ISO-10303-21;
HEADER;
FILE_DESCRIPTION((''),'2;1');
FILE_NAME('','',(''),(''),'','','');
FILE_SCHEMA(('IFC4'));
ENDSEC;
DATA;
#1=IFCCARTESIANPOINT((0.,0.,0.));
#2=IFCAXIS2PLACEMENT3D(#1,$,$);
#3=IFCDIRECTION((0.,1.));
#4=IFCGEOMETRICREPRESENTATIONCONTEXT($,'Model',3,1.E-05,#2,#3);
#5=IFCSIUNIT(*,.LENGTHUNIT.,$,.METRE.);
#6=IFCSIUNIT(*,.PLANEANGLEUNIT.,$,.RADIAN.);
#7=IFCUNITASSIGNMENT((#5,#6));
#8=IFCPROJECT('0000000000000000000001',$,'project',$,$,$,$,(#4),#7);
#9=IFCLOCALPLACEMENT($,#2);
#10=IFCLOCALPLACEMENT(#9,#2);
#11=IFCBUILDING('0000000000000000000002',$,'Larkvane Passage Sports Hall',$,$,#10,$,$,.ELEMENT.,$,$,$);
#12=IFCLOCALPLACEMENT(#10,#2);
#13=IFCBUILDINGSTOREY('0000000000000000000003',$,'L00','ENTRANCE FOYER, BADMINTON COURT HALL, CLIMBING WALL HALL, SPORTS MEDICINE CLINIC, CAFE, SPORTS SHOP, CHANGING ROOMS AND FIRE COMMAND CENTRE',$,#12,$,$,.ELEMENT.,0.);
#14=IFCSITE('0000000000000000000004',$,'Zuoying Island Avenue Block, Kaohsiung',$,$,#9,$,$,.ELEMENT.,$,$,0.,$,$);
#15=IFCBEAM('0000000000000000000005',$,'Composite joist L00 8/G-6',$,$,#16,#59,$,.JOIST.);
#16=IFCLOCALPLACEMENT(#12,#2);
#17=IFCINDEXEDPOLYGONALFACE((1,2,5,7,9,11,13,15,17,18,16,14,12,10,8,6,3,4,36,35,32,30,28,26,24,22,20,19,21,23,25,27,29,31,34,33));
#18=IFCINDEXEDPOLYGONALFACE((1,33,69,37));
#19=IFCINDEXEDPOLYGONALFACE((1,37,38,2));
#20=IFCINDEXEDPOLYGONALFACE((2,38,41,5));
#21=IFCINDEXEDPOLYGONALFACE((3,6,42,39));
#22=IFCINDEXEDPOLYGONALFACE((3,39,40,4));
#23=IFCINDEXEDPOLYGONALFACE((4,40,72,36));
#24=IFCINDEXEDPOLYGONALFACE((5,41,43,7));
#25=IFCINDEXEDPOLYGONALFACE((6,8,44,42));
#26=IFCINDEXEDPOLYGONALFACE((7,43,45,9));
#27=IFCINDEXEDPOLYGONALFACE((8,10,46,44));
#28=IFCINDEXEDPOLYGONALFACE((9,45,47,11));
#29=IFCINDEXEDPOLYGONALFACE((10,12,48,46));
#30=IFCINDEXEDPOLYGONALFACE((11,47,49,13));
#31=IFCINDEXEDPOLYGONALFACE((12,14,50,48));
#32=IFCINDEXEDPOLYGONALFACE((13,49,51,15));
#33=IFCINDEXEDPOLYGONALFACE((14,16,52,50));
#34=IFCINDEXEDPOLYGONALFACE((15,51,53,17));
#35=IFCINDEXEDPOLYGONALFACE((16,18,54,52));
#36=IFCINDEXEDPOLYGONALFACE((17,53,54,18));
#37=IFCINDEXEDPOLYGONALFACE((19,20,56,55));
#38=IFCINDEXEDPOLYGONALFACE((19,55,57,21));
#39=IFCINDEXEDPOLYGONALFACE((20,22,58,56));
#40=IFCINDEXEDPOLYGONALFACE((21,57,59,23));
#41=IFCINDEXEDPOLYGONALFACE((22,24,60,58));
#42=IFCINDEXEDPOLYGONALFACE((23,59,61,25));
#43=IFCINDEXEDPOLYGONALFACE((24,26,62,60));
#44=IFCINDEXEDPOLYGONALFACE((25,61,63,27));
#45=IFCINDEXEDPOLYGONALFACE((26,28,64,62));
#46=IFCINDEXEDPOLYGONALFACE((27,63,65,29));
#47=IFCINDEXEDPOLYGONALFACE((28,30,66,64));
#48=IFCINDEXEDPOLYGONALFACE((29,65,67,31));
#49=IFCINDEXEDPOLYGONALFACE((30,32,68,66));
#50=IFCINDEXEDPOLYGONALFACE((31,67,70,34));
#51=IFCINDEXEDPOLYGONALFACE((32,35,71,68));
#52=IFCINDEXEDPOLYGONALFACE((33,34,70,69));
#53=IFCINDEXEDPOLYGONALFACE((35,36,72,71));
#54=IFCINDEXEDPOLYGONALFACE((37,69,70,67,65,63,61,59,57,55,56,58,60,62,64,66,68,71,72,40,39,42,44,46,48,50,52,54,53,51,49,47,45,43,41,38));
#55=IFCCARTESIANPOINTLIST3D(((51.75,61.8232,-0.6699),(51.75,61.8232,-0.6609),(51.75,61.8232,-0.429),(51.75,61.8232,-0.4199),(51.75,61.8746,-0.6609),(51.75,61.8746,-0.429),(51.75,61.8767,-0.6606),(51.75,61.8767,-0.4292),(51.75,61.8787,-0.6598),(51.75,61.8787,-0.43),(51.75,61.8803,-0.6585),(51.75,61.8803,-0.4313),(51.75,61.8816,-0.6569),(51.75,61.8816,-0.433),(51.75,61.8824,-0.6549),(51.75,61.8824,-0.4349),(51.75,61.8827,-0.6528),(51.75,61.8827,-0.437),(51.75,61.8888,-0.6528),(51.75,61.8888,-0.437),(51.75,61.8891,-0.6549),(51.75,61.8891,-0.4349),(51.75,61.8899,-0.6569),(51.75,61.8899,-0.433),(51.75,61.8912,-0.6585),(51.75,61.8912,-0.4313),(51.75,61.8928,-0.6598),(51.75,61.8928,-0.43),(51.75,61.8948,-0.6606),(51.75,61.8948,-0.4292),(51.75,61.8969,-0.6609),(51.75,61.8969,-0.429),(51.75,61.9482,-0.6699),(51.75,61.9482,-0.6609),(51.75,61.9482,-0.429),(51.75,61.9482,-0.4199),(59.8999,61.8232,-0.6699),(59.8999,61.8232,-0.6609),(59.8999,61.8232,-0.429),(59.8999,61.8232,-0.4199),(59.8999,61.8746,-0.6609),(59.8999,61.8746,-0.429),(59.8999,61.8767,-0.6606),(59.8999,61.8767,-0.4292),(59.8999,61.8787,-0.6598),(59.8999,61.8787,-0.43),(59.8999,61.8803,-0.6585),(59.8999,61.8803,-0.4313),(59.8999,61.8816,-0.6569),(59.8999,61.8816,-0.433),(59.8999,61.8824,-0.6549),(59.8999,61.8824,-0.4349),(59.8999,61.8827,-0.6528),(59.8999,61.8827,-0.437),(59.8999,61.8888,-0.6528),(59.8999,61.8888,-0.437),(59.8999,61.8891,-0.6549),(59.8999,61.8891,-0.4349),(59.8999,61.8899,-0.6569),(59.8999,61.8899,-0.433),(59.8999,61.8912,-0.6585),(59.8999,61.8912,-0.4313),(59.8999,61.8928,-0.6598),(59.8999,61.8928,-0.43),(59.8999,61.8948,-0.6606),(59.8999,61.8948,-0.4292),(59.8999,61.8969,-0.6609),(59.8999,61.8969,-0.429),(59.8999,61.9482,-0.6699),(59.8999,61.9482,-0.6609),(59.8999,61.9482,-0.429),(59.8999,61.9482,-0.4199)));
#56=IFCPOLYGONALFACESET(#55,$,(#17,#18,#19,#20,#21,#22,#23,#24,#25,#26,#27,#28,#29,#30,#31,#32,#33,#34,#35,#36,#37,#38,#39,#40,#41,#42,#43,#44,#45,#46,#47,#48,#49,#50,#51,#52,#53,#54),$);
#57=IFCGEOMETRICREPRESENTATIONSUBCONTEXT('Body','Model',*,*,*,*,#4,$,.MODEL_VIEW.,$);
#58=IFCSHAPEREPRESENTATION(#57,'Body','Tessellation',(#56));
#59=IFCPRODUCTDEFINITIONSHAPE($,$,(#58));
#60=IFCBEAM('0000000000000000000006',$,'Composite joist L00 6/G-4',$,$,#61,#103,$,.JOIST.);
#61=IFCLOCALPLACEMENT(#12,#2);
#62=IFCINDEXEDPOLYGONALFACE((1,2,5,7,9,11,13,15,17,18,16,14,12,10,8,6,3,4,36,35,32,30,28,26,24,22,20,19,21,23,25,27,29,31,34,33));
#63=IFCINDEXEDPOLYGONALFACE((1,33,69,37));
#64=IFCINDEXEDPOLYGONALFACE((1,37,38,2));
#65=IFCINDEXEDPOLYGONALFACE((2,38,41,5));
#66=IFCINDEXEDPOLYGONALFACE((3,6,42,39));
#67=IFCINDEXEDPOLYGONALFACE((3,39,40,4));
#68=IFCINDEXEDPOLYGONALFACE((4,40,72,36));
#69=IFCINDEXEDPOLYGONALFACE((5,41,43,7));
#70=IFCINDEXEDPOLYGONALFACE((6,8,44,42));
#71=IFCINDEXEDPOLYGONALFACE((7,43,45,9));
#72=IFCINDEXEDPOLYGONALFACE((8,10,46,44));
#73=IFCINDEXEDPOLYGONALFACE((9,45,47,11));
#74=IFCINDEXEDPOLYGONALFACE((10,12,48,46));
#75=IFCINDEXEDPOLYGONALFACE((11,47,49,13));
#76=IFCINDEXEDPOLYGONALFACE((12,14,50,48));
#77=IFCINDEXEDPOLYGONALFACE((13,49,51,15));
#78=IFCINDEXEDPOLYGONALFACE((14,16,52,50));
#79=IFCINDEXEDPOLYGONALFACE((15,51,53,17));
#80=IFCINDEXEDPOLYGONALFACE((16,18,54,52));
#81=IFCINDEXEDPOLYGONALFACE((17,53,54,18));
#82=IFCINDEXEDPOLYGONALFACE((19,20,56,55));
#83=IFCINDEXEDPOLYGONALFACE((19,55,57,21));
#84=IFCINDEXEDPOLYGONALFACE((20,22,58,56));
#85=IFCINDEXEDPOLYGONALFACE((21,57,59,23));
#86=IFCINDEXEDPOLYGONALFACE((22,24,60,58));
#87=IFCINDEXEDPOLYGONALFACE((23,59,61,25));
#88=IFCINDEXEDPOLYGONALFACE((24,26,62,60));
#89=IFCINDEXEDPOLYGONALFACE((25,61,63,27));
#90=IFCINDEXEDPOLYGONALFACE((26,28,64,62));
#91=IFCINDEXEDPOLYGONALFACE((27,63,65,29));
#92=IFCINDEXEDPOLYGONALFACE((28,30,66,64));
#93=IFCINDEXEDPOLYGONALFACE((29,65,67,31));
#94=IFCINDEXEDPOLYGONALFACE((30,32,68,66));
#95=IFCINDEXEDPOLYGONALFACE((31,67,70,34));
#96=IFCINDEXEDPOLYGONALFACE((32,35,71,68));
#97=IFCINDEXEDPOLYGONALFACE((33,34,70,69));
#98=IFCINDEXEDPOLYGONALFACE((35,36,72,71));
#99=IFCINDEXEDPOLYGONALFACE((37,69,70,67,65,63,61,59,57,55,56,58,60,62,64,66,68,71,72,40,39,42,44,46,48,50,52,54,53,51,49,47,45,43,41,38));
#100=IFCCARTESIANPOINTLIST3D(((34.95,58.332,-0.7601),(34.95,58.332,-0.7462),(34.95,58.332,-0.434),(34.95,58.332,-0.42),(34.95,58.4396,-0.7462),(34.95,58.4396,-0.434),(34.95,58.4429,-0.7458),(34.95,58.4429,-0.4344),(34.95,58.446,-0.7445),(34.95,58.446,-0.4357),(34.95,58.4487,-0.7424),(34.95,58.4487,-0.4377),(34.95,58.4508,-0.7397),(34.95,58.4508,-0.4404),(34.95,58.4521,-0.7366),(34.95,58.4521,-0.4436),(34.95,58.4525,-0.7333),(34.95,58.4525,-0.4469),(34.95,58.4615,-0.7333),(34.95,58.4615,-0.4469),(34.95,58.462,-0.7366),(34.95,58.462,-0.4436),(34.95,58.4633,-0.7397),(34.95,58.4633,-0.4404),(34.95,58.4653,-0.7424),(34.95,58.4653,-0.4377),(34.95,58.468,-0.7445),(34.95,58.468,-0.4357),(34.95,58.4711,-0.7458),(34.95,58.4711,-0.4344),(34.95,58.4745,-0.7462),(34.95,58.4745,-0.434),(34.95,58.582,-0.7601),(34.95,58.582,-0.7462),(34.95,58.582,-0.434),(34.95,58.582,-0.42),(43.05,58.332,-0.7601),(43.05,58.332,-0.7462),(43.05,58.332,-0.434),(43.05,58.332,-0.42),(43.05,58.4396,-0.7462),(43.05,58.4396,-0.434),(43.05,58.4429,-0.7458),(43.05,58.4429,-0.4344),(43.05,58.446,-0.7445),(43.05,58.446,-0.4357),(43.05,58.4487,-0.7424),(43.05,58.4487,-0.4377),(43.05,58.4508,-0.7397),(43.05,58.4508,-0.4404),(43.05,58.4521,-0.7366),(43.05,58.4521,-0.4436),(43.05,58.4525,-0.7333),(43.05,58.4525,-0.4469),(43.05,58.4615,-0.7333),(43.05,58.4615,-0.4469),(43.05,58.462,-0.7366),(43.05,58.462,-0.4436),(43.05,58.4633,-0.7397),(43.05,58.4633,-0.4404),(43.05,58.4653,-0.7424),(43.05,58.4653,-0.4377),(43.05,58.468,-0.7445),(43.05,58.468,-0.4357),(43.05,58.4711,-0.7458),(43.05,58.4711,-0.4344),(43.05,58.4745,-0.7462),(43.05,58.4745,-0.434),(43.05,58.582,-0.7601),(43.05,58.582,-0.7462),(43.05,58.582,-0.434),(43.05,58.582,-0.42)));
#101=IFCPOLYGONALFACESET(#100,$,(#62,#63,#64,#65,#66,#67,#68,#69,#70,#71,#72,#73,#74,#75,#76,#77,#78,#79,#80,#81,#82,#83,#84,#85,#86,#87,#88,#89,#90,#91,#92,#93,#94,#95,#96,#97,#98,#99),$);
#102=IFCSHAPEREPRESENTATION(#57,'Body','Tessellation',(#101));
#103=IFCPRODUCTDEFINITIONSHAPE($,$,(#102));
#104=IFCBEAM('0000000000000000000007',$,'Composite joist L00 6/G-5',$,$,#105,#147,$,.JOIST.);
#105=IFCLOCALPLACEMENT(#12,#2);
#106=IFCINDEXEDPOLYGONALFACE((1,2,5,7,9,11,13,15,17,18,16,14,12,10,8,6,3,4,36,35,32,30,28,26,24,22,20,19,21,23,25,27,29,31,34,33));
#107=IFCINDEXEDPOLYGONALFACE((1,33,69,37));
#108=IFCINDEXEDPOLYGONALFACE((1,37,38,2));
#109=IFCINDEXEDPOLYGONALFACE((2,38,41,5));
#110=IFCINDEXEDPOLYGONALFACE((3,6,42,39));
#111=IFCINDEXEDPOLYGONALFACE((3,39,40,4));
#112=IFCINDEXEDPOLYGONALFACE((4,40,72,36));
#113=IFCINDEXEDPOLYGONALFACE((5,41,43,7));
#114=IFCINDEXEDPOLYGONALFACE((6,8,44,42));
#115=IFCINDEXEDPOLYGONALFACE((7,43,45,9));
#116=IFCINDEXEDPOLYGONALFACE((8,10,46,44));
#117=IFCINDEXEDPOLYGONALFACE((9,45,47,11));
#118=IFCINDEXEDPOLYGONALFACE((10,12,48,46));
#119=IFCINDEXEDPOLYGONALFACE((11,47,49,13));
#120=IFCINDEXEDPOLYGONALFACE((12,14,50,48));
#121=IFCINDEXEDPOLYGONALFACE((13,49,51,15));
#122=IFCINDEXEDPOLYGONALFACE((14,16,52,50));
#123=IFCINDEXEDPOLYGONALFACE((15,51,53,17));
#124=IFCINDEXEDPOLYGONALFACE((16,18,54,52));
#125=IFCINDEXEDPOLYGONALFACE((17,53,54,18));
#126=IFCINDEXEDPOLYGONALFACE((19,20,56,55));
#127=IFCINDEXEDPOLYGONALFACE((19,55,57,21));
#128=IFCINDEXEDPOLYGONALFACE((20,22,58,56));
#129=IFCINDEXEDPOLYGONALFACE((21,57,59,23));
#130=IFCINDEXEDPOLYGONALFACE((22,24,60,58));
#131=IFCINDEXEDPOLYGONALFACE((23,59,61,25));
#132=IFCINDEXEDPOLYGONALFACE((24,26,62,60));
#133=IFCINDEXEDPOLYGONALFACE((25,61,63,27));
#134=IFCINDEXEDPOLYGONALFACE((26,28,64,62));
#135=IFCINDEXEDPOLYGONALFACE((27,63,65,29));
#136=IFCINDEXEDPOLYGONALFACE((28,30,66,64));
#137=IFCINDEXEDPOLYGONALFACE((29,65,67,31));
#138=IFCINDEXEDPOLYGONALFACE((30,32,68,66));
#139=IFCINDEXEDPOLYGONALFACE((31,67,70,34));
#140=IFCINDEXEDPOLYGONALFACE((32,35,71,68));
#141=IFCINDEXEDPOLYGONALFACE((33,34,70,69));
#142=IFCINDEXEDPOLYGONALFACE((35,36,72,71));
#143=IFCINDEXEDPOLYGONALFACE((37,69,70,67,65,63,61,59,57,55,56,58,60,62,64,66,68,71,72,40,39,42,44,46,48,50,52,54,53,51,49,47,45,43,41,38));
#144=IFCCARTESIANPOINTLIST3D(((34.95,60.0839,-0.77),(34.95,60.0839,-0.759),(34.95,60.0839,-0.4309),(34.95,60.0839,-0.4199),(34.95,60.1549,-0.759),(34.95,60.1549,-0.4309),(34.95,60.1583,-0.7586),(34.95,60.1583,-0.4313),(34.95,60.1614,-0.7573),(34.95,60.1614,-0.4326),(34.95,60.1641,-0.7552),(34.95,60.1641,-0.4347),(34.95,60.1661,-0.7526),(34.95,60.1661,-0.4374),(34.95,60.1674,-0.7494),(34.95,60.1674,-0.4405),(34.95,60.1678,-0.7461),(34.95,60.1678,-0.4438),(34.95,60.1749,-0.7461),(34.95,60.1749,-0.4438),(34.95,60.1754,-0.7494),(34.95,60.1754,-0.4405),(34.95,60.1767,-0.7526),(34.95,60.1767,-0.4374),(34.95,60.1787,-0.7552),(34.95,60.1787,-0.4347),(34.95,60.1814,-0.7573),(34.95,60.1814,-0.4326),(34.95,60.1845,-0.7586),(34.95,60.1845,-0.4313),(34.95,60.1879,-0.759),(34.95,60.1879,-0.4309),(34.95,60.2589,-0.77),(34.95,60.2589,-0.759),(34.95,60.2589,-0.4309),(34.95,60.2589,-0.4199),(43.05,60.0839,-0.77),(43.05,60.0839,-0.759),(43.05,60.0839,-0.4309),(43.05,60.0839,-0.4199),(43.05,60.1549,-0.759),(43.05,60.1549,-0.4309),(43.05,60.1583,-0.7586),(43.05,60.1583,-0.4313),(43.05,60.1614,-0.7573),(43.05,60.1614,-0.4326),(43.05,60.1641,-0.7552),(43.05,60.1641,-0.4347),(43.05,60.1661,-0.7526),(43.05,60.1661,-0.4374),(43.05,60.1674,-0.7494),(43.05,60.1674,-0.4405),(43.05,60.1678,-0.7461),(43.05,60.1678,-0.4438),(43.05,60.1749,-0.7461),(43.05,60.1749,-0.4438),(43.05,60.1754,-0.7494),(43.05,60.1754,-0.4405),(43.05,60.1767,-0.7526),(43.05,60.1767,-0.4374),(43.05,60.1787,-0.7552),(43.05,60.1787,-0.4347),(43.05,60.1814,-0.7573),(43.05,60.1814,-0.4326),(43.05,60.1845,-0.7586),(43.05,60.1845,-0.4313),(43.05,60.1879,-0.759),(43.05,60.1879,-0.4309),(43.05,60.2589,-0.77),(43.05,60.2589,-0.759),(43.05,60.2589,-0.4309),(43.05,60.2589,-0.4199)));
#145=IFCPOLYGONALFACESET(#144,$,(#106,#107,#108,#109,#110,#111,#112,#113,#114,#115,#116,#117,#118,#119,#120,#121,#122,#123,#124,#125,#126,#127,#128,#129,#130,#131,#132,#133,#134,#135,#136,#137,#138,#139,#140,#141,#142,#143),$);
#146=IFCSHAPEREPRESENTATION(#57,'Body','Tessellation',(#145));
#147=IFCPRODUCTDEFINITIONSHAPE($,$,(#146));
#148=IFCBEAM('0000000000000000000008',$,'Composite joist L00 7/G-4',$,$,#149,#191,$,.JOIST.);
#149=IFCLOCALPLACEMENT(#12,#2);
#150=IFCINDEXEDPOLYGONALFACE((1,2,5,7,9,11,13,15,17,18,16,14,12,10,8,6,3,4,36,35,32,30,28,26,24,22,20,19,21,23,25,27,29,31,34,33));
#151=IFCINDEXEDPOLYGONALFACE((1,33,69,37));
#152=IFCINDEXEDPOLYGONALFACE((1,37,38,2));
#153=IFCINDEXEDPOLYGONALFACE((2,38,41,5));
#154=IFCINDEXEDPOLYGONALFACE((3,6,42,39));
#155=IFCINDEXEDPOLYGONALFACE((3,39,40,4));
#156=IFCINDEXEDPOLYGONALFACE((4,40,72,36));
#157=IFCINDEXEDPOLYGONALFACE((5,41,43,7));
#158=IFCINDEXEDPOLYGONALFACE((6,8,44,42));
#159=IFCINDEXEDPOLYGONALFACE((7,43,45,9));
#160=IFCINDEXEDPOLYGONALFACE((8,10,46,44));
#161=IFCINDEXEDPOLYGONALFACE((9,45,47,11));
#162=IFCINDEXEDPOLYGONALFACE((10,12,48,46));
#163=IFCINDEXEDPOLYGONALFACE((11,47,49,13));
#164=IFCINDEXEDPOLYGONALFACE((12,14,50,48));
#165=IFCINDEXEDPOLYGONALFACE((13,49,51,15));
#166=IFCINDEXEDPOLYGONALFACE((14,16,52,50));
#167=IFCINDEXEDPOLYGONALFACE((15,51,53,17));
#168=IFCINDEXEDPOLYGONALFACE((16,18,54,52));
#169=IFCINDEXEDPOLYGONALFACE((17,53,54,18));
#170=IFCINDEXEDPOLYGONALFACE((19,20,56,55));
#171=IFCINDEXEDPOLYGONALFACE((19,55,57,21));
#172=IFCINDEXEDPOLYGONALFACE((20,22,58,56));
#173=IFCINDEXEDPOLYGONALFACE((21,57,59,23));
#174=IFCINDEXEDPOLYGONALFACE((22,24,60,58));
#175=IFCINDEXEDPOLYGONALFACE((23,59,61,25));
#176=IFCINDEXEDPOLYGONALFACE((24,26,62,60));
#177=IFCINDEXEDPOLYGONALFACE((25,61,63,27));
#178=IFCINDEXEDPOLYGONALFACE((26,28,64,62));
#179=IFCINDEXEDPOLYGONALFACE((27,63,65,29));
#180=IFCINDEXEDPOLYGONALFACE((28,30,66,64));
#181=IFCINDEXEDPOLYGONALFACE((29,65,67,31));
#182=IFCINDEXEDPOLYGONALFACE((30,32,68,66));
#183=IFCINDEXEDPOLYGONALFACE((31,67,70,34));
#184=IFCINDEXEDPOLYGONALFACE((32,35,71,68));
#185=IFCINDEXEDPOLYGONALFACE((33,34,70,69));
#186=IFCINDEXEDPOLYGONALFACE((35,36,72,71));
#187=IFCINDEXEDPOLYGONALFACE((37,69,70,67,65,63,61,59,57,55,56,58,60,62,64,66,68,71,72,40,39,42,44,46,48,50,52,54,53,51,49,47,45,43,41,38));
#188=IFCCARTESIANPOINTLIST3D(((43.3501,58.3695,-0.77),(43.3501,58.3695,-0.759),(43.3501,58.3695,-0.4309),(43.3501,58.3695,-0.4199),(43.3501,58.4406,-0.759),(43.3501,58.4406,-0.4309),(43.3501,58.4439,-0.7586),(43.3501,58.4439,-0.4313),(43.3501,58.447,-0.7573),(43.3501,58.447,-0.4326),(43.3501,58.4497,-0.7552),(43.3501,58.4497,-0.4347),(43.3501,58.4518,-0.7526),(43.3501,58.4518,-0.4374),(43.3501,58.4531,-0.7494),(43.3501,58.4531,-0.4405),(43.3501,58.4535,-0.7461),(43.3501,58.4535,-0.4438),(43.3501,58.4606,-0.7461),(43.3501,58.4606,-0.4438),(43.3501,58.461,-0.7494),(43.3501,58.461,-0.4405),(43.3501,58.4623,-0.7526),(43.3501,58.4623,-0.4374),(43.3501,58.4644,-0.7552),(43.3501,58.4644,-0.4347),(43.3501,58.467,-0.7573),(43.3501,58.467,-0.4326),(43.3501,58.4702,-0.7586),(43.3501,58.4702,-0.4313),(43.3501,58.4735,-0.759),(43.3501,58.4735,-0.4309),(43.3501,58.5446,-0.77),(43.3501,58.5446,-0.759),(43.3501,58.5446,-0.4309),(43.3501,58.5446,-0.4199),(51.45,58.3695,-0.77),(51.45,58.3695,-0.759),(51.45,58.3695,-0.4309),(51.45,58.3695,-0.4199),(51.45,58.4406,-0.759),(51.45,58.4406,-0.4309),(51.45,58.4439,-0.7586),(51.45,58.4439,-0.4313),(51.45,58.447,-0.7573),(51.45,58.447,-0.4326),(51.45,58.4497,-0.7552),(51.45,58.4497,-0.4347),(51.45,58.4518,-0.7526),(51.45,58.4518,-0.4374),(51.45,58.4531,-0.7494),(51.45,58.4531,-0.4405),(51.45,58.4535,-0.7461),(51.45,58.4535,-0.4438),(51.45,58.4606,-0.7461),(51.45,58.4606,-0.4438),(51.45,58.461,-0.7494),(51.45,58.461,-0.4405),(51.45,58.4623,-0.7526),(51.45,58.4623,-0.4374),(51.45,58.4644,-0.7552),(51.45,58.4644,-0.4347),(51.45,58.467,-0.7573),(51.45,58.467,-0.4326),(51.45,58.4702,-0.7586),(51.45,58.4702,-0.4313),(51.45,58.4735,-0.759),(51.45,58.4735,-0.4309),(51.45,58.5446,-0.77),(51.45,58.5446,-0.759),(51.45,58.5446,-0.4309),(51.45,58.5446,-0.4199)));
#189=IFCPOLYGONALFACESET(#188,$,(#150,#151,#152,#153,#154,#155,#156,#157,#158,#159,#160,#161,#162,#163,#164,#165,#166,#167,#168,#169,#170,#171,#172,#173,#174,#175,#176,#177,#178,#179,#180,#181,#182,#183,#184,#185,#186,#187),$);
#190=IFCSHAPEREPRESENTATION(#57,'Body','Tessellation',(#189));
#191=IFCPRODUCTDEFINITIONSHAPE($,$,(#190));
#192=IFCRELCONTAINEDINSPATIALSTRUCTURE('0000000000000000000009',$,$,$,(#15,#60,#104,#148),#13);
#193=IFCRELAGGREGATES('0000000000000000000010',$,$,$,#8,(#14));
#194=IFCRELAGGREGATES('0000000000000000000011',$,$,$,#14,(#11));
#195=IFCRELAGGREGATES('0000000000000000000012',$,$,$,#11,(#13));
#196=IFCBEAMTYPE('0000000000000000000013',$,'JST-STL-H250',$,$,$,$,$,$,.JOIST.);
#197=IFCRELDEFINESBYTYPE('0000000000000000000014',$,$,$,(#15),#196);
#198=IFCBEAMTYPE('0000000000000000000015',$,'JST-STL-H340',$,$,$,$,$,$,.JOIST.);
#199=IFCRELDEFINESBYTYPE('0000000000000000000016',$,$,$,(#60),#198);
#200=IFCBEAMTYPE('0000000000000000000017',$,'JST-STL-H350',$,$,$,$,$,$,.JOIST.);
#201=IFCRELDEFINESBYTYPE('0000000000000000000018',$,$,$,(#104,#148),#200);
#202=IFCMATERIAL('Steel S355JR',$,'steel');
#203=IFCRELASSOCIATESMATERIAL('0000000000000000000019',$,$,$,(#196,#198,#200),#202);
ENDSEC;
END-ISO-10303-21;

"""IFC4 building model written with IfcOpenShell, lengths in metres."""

from ifc_helpers import new_model, si_unit, direction, frame, origin, origin_2d, place, context, subcontext, project, spatial, i_section, extrude, material, material_profile, profile_set, type_object, element, save


model = new_model("IFC4")

# Units and contexts
model_context = context("Model", 3, precision=1e-05, world=origin(), true_north=direction((0.0, 1.0)))
body_context = subcontext(model_context, "Body", "Model", "MODEL_VIEW")
ifc_project = project(units=[si_unit("LENGTHUNIT", "METRE"), si_unit("PLANEANGLEUNIT", "RADIAN")], contexts=[model_context])

# Site, building, storey
site_placement = place(None, origin())
site = spatial("IfcSite", under=ifc_project, at=site_placement, Name="Zuoying Island Avenue Block, Kaohsiung", CompositionType="ELEMENT", RefElevation=0.0)
building_placement = place(site_placement, origin())
building = spatial("IfcBuilding", under=site, at=building_placement, Name="Larkvane Passage Sports Hall", CompositionType="ELEMENT")
storey_placement = place(building_placement, origin())
storey = spatial("IfcBuildingStorey", under=building, at=storey_placement, Name="L00", Description="ENTRANCE FOYER, BADMINTON COURT HALL, CLIMBING WALL HALL, SPORTS MEDICINE CLINIC, CAFE, SPORTS SHOP, CHANGING ROOMS AND FIRE COMMAND CENTRE", CompositionType="ELEMENT", Elevation=0.0)

# Shared definitions
ifc_material_1 = material(Name="Steel S355JR", Category="steel")

# Beams
ifc_material_profile_1 = material_profile(ifc_material_1, i_section(OverallWidth=0.125, OverallDepth=0.25, WebThickness=0.0061, FlangeThickness=0.009, FilletRadius=0.0081, at=origin_2d()), Name="H-250x125x6x9")
ifc_profile_set_1 = profile_set([ifc_material_profile_1], Name="Steel S355JR")
beam_type_1 = type_object("IfcBeamType", Name="JST-STL-H250", PredefinedType="JOIST", material=ifc_profile_set_1)
beam_1_placement = place(storey_placement, frame((51.75, 61.8857, -0.5449), z_axis=(1.0, 0.0, 0.0), x_axis=(0.0, 1.0, 0.0)))
element("IfcBeam", 1, at=beam_1_placement, inside=storey, type_object=beam_type_1, Name="Composite joist L00 8/G-6", PredefinedType="JOIST", context=body_context, shape_type="SweptSolid", body=[
    extrude(i_section(OverallWidth=0.125, OverallDepth=0.25, WebThickness=0.0061, FlangeThickness=0.009, FilletRadius=0.0081, at=origin_2d()), origin(), (0.0, 0.0, 1.0), 8.1499),
])
ifc_material_profile_2 = material_profile(ifc_material_1, i_section(OverallWidth=0.25, OverallDepth=0.3401, WebThickness=0.009, FlangeThickness=0.0139, FilletRadius=0.0129, at=origin_2d()), Name="H-340x250x9x14")
ifc_profile_set_2 = profile_set([ifc_material_profile_2], Name="Steel S355JR")
beam_type_2 = type_object("IfcBeamType", Name="JST-STL-H340", PredefinedType="JOIST", material=ifc_profile_set_2)
beam_2_placement = place(storey_placement, frame((34.95, 58.457, -0.5901), z_axis=(1.0, 0.0, 0.0), x_axis=(0.0, 1.0, 0.0)))
element("IfcBeam", 2, at=beam_2_placement, inside=storey, type_object=beam_type_2, Name="Composite joist L00 6/G-4", PredefinedType="JOIST", context=body_context, shape_type="SweptSolid", body=[
    extrude(i_section(OverallWidth=0.25, OverallDepth=0.3401, WebThickness=0.009, FlangeThickness=0.0139, FilletRadius=0.0129, at=origin_2d()), origin(), (0.0, 0.0, 1.0), 8.1001),
])
ifc_material_profile_3 = material_profile(ifc_material_1, i_section(OverallWidth=0.175, OverallDepth=0.3501, WebThickness=0.0071, FlangeThickness=0.011, FilletRadius=0.0129, at=origin_2d()), Name="H-350x175x7x11")
ifc_profile_set_3 = profile_set([ifc_material_profile_3], Name="Steel S355JR")
beam_type_3 = type_object("IfcBeamType", Name="JST-STL-H350", PredefinedType="JOIST", material=ifc_profile_set_3)
beam_3_placement = place(storey_placement, frame((34.95, 60.1714, -0.595), z_axis=(1.0, 0.0, 0.0), x_axis=(0.0, 1.0, 0.0)))
element("IfcBeam", 3, at=beam_3_placement, inside=storey, type_object=beam_type_3, Name="Composite joist L00 6/G-5", PredefinedType="JOIST", context=body_context, shape_type="SweptSolid", body=[
    extrude(i_section(OverallWidth=0.175, OverallDepth=0.3501, WebThickness=0.0071, FlangeThickness=0.011, FilletRadius=0.0129, at=origin_2d()), origin(), (0.0, 0.0, 1.0), 8.1001),
])
beam_4_placement = place(storey_placement, frame((43.3501, 58.457, -0.595), z_axis=(1.0, 0.0, 0.0), x_axis=(0.0, 1.0, 0.0)))
element("IfcBeam", 4, at=beam_4_placement, inside=storey, type_object=beam_type_3, Name="Composite joist L00 7/G-4", PredefinedType="JOIST", context=body_context, shape_type="SweptSolid", body=[
    extrude(i_section(OverallWidth=0.175, OverallDepth=0.3501, WebThickness=0.0071, FlangeThickness=0.011, FilletRadius=0.0129, at=origin_2d()), origin(), (0.0, 0.0, 1.0), 8.0999),
])

save(model, "model.ifc")
